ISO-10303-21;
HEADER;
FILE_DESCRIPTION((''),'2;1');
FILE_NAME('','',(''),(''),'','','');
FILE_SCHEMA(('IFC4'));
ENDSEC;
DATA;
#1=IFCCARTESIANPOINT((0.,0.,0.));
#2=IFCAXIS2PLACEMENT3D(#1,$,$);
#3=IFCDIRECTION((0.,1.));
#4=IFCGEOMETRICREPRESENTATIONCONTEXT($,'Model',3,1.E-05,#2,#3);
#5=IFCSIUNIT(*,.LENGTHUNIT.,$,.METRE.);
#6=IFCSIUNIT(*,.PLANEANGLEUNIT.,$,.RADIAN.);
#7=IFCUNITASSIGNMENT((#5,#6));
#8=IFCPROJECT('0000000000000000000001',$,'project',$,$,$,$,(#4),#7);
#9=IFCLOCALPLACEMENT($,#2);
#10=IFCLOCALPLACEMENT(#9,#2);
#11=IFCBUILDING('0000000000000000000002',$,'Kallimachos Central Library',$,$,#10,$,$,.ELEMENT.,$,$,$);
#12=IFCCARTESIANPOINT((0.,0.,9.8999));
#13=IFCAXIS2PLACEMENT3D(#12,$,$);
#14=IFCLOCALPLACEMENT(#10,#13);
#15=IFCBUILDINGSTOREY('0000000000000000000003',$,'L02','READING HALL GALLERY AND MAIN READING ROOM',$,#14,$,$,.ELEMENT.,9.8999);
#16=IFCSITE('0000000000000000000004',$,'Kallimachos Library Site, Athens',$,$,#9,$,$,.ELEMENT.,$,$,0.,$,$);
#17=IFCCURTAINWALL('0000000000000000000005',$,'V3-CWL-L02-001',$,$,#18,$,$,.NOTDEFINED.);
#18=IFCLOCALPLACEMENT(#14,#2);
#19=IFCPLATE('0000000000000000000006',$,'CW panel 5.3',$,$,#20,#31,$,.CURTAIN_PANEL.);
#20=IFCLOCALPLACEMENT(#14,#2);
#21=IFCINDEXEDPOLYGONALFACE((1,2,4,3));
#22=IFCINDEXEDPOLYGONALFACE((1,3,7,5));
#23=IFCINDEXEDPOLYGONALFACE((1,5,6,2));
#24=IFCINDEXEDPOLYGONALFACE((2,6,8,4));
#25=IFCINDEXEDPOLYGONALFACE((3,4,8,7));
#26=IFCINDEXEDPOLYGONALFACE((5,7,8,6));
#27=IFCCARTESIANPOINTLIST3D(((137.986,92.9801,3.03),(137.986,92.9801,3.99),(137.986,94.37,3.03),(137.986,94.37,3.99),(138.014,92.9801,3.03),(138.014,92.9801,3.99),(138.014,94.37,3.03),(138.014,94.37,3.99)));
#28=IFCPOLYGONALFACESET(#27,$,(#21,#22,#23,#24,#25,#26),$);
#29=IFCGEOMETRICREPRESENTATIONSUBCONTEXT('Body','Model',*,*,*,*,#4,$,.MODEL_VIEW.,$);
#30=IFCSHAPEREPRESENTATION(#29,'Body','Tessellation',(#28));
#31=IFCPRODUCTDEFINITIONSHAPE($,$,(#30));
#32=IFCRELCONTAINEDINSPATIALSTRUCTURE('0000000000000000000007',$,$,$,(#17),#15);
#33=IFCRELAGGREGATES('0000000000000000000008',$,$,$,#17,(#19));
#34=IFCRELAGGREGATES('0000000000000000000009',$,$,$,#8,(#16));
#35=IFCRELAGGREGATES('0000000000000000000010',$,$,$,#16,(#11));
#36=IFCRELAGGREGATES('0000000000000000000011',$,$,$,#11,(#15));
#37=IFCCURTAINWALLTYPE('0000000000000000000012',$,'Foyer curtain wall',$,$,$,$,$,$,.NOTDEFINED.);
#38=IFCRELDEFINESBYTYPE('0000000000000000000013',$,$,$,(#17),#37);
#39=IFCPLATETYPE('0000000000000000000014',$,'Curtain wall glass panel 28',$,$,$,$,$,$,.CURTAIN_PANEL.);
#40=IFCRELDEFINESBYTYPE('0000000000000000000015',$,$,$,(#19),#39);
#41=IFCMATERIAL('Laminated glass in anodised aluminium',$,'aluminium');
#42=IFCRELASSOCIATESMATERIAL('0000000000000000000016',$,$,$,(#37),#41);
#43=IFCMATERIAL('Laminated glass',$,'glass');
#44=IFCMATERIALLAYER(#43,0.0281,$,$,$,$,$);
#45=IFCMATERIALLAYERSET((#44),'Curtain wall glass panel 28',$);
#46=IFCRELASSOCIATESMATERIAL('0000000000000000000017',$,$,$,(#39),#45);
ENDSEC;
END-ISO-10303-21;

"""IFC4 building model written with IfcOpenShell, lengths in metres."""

from ifc_helpers import new_model, si_unit, direction, frame, origin, origin_2d, place, context, subcontext, project, spatial, rectangle, extrude, material, layer, layer_set, type_object, element, aggregate, save


model = new_model("IFC4")

# Units and contexts
model_context = context("Model", 3, precision=1e-05, world=origin(), true_north=direction((0.0, 1.0)))
body_context = subcontext(model_context, "Body", "Model", "MODEL_VIEW")
ifc_project = project(units=[si_unit("LENGTHUNIT", "METRE"), si_unit("PLANEANGLEUNIT", "RADIAN")], contexts=[model_context])

# Site, building, storey
site_placement = place(None, origin())
site = spatial("IfcSite", under=ifc_project, at=site_placement, Name="Kallimachos Library Site, Athens", CompositionType="ELEMENT", RefElevation=0.0)
building_placement = place(site_placement, origin())
building = spatial("IfcBuilding", under=site, at=building_placement, Name="Kallimachos Central Library", CompositionType="ELEMENT")
storey_placement = place(building_placement, frame((0.0, 0.0, 9.8999)))
storey = spatial("IfcBuildingStorey", under=building, at=storey_placement, Name="L02", Description="READING HALL GALLERY AND MAIN READING ROOM", CompositionType="ELEMENT", Elevation=9.8999)

# Curtain wall, plate
ifc_material_1 = material(Name="Laminated glass in anodised aluminium", Category="aluminium")
curtain_wall_type_1 = type_object("IfcCurtainWallType", Name="Foyer curtain wall", PredefinedType="NOTDEFINED", material=ifc_material_1)
curtain_wall_1_placement = place(storey_placement, origin())
curtain_wall_1 = element("IfcCurtainWall", 1, at=curtain_wall_1_placement, inside=storey, type_object=curtain_wall_type_1, Name="V3-CWL-L02-001", PredefinedType="NOTDEFINED")
ifc_material_2 = material(Name="Laminated glass", Category="glass")
ifc_layer = layer(ifc_material_2, 0.0281)
ifc_layer_set = layer_set([ifc_layer], Name="Curtain wall glass panel 28")
plate_type = type_object("IfcPlateType", Name="Curtain wall glass panel 28", PredefinedType="CURTAIN_PANEL", material=ifc_layer_set)
plate_1_placement = place(storey_placement, frame((138.0, 93.675, 3.03), z_axis=(0.0, 0.0, 1.0), x_axis=(0.0, 1.0, 0.0)))
plate_1 = element("IfcPlate", 2, at=plate_1_placement, type_object=plate_type, Name="CW panel 5.3", PredefinedType="CURTAIN_PANEL", context=body_context, shape_type="SweptSolid", body=[
    extrude(rectangle(XDim=1.3899, YDim=0.0281, at=origin_2d()), origin(), (0.0, 0.0, 1.0), 0.96),
])
aggregate(curtain_wall_1, [plate_1])

save(model, "model.ifc")
